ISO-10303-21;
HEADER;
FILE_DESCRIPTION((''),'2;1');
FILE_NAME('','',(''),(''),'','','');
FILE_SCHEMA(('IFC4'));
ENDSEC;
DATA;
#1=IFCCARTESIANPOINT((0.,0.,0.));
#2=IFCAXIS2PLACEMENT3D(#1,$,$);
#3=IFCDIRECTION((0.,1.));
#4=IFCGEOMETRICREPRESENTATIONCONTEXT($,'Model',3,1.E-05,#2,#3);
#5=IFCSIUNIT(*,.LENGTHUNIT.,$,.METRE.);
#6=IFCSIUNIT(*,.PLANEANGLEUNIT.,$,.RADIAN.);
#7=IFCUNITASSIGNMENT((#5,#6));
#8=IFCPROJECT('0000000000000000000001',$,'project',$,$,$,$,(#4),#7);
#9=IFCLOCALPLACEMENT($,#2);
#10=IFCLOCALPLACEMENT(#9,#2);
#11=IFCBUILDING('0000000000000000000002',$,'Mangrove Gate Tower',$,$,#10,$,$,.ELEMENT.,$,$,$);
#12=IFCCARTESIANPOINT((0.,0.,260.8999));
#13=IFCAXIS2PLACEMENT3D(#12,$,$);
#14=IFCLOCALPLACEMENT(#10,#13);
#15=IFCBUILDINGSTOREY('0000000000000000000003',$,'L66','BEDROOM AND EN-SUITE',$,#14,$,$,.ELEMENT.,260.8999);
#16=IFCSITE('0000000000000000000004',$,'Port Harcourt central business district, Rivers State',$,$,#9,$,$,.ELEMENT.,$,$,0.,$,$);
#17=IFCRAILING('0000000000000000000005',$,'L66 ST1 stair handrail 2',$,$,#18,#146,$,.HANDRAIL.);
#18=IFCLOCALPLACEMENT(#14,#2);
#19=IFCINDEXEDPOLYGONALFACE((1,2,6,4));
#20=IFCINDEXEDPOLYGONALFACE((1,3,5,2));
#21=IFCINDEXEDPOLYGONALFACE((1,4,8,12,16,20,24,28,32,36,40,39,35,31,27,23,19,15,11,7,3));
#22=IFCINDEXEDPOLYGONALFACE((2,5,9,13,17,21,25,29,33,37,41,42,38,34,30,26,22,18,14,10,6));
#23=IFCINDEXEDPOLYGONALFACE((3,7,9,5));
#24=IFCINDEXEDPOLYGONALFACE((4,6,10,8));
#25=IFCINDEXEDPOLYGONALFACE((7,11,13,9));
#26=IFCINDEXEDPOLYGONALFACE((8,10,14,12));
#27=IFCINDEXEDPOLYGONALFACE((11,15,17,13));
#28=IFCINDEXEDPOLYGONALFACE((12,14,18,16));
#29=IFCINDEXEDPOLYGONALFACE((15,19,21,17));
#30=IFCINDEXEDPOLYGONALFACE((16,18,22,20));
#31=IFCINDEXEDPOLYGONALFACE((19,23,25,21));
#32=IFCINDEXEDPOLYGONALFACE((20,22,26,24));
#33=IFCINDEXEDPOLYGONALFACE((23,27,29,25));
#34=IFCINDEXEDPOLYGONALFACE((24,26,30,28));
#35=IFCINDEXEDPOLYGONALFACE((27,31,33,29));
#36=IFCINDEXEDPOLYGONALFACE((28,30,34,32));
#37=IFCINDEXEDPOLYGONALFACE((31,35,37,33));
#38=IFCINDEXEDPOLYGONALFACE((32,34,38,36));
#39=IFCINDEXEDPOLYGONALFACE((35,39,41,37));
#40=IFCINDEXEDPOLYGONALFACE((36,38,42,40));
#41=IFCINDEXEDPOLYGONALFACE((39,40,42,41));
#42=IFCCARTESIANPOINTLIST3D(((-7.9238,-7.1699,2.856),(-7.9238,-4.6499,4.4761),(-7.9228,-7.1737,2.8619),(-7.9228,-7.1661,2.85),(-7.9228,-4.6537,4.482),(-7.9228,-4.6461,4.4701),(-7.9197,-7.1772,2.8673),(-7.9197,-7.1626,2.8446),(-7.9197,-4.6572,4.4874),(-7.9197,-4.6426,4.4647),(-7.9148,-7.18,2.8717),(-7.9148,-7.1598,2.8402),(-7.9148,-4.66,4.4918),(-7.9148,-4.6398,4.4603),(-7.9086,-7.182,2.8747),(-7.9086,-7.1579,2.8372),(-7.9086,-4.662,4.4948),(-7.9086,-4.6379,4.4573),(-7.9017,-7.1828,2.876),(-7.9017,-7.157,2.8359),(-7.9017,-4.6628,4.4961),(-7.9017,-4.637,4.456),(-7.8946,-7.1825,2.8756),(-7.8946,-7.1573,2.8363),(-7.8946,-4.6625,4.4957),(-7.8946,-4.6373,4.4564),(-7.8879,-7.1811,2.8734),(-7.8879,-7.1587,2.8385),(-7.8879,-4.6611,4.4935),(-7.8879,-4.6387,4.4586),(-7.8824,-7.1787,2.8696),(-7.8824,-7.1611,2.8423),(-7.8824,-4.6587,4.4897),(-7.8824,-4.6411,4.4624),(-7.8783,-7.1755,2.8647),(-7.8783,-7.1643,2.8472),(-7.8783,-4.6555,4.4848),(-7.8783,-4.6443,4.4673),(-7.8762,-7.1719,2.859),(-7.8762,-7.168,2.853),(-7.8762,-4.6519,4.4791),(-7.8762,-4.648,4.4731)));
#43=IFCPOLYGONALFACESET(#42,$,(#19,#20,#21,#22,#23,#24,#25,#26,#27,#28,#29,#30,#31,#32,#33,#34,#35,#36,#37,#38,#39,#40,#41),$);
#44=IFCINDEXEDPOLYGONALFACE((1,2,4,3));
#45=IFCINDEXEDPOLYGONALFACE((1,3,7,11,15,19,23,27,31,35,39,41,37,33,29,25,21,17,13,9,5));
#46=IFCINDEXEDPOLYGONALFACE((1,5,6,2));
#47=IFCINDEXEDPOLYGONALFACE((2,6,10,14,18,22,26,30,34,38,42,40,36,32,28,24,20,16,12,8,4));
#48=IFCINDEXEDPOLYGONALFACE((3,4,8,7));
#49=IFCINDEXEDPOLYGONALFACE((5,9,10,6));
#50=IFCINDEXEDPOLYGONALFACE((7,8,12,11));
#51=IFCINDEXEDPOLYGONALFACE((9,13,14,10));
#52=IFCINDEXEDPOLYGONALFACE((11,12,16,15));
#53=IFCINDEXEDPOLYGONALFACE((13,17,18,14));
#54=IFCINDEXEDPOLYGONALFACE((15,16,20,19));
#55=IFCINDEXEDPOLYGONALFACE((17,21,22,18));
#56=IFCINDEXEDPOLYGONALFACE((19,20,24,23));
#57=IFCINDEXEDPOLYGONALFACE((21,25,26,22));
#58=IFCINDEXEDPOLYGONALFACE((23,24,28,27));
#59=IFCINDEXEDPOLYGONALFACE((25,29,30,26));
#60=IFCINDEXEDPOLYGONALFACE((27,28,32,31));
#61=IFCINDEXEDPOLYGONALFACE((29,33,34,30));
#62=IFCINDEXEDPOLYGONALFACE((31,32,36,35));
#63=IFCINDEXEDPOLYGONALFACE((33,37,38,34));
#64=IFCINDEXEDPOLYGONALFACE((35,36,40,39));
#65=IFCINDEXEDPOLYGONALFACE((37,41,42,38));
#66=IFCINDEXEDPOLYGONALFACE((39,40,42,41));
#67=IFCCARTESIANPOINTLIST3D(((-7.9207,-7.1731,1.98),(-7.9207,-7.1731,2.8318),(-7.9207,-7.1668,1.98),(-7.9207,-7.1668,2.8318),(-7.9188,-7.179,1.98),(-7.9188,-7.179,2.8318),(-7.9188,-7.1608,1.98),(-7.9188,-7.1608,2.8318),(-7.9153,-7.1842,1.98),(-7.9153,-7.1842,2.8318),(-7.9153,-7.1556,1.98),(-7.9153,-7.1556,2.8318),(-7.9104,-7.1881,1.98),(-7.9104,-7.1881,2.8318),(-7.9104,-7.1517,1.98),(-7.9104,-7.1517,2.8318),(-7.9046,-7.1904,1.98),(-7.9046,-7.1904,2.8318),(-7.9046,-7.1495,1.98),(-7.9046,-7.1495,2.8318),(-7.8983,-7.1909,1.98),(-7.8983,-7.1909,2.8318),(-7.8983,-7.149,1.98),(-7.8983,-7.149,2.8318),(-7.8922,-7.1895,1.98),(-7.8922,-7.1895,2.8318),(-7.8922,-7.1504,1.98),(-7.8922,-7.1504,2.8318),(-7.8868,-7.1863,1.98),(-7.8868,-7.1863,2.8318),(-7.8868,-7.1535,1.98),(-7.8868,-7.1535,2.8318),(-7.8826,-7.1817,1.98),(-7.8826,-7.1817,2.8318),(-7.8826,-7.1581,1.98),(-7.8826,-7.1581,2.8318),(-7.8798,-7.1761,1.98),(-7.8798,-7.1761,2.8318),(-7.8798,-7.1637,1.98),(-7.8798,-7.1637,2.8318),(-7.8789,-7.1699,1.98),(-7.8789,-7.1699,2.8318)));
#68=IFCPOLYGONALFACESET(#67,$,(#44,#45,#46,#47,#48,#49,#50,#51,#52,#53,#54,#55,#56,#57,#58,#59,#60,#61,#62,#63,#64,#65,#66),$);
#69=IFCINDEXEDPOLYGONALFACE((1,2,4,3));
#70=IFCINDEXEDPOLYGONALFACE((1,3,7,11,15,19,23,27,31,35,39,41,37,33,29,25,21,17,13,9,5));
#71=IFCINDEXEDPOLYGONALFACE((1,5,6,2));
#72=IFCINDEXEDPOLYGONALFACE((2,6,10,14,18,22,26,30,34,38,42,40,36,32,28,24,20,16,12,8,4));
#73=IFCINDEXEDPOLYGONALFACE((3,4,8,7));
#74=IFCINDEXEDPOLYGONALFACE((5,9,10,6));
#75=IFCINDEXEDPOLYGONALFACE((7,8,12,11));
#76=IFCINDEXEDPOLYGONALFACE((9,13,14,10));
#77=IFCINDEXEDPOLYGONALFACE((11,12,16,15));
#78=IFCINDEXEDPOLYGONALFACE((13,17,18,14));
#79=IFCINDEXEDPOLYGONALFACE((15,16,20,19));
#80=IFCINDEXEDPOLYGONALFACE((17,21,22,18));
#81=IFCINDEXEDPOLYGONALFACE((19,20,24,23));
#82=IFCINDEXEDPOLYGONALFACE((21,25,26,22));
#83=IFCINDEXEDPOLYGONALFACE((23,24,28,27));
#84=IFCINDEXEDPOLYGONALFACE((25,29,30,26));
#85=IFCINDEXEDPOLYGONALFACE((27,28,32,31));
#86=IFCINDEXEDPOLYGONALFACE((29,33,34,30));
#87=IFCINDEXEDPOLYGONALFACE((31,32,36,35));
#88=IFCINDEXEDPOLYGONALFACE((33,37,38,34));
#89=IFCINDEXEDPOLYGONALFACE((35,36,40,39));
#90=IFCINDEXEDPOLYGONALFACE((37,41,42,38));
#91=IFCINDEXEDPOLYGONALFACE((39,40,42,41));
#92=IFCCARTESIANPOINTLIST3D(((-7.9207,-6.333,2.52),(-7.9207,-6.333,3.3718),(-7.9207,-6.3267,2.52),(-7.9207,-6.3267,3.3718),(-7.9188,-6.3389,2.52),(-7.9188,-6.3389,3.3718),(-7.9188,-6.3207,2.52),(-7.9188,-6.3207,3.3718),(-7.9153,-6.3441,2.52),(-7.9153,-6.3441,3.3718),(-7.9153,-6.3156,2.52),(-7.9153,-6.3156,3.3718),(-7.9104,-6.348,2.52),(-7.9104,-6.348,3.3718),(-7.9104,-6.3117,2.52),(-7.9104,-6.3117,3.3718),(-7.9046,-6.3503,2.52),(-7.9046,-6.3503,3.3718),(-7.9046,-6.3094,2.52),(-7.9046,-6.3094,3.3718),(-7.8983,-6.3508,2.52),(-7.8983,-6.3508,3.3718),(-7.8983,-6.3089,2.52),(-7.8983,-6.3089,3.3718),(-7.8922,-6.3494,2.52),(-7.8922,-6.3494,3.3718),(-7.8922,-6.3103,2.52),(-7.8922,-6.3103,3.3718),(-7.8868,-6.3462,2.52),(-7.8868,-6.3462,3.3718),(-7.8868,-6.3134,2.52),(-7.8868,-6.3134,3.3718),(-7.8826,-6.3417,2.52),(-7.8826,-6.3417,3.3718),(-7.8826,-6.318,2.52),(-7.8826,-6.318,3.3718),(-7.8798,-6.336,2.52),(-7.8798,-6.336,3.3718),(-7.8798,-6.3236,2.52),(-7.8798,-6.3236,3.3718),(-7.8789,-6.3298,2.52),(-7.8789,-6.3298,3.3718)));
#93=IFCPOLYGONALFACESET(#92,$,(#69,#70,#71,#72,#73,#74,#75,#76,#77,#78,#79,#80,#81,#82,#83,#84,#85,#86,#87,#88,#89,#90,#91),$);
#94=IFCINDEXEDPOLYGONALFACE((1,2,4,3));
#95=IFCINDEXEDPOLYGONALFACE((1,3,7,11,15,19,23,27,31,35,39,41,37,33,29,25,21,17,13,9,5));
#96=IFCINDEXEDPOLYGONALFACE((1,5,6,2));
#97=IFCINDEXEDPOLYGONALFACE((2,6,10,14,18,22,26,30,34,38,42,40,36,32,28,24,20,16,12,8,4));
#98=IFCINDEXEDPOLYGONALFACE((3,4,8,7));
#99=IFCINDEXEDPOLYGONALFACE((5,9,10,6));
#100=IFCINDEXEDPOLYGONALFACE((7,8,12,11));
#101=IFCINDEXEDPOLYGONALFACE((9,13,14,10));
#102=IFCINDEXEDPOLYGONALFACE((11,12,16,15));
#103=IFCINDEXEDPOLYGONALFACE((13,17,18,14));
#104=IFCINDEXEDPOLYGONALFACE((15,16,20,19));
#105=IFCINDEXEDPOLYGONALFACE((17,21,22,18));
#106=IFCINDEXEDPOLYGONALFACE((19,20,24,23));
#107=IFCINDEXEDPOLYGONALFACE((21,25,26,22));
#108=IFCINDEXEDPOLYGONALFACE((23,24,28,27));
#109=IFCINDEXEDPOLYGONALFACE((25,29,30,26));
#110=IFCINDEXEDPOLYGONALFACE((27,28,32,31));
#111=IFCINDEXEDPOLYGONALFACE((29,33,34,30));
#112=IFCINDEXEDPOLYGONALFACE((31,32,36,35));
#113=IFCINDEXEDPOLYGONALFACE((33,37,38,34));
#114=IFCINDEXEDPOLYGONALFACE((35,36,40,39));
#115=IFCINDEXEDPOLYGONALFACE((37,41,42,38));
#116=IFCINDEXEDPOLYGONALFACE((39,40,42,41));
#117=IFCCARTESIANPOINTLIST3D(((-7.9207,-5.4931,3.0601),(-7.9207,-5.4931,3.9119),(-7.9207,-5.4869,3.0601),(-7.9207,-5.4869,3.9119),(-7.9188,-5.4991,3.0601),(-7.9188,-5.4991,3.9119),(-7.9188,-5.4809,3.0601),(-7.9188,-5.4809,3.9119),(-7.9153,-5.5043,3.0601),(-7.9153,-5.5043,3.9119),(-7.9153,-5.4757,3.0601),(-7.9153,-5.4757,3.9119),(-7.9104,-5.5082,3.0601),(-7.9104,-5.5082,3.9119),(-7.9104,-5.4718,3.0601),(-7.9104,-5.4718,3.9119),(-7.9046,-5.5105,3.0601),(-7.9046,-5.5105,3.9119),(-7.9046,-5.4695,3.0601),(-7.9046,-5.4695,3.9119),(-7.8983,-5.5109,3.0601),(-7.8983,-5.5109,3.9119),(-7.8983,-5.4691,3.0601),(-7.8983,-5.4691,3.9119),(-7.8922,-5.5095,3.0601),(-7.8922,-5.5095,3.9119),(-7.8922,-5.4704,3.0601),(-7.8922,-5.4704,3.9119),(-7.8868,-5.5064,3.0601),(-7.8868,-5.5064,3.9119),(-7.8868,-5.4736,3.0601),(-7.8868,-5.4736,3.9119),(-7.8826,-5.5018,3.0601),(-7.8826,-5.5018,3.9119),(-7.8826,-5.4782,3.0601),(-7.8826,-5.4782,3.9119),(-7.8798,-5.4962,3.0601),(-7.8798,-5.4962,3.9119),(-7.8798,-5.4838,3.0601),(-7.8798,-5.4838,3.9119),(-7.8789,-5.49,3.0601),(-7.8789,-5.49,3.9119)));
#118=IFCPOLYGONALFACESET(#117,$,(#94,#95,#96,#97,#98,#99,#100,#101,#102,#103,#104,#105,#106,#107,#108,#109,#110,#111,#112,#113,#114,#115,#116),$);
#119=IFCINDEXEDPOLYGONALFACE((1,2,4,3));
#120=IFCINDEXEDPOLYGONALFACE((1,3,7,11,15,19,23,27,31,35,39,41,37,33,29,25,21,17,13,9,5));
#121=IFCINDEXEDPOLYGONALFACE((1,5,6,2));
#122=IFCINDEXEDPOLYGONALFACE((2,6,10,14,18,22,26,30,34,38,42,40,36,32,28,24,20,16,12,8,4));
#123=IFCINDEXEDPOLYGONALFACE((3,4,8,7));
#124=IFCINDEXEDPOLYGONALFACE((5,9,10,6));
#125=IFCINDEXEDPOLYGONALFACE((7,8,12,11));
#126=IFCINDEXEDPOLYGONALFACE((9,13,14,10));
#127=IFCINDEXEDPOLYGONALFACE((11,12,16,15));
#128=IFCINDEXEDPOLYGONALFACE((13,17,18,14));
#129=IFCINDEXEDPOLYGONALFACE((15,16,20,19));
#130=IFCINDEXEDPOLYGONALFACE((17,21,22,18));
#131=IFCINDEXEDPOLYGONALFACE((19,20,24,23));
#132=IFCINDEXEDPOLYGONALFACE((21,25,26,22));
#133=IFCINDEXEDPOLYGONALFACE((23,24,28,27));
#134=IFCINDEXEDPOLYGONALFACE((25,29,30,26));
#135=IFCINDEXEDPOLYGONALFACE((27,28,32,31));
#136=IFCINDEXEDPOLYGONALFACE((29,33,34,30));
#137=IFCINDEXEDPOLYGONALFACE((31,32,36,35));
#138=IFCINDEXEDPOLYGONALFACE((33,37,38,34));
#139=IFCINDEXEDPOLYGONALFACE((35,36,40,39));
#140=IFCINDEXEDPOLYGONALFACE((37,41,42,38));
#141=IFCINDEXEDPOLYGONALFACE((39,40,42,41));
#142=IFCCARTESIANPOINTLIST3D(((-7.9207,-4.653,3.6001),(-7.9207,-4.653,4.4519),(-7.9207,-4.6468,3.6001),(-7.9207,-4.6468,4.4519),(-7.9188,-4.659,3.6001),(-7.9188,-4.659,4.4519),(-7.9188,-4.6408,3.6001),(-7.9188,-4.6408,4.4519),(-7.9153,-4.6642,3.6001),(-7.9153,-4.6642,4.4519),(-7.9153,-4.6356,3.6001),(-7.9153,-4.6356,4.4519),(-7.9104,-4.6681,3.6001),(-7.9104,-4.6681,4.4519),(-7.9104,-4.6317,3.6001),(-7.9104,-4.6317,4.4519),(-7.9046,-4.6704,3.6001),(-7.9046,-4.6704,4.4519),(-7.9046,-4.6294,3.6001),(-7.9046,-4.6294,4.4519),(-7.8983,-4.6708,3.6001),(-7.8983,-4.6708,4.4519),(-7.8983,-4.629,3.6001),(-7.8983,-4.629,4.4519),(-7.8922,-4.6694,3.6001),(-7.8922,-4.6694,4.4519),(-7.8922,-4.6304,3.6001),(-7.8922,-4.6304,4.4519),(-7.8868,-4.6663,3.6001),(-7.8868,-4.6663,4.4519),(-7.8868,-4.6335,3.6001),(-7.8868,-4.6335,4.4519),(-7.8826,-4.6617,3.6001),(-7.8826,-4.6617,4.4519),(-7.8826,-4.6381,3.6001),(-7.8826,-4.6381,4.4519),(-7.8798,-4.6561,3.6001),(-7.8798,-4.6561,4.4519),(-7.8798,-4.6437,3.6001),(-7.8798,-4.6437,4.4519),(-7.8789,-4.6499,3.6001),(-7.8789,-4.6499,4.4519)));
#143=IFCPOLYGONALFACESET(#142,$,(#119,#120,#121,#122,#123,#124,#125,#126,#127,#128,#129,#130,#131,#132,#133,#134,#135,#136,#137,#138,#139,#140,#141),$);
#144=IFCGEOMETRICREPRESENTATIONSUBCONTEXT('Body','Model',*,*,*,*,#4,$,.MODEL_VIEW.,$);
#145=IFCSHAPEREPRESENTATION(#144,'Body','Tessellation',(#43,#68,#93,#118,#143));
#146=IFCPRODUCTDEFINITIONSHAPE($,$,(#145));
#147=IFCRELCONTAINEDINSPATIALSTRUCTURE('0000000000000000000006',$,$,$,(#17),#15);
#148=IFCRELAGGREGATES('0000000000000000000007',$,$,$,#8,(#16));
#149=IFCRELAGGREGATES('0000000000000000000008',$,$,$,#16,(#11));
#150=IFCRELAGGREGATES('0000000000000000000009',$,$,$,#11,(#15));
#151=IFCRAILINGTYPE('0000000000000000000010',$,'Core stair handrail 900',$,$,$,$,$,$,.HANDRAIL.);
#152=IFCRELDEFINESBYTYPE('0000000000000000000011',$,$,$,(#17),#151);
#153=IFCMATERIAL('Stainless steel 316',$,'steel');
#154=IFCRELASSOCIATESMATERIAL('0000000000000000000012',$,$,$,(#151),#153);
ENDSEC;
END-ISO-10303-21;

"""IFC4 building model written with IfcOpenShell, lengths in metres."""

from ifc_helpers import new_model, si_unit, direction, frame, origin, origin_2d, place, context, subcontext, project, spatial, circle, extrude, material, type_object, element, save


model = new_model("IFC4")

# Units and contexts
model_context = context("Model", 3, precision=1e-05, world=origin(), true_north=direction((0.0, 1.0)))
body_context = subcontext(model_context, "Body", "Model", "MODEL_VIEW")
ifc_project = project(units=[si_unit("LENGTHUNIT", "METRE"), si_unit("PLANEANGLEUNIT", "RADIAN")], contexts=[model_context])

# Site, building, storey
site_placement = place(None, origin())
site = spatial("IfcSite", under=ifc_project, at=site_placement, Name="Port Harcourt central business district, Rivers State", CompositionType="ELEMENT", RefElevation=0.0)
building_placement = place(site_placement, origin())
building = spatial("IfcBuilding", under=site, at=building_placement, Name="Mangrove Gate Tower", CompositionType="ELEMENT")
storey_placement = place(building_placement, frame((0.0, 0.0, 260.8999)))
storey = spatial("IfcBuildingStorey", under=building, at=storey_placement, Name="L66", Description="BEDROOM AND EN-SUITE", CompositionType="ELEMENT", Elevation=260.8999)

# Railing
ifc_material_1 = material(Name="Stainless steel 316", Category="steel")
railing_type_1 = type_object("IfcRailingType", Name="Core stair handrail 900", PredefinedType="HANDRAIL", material=ifc_material_1)
railing_1_placement = place(storey_placement, frame((-7.8999, -7.1699, 1.98)))
element("IfcRailing", 1, at=railing_1_placement, inside=storey, type_object=railing_type_1, Name="L66 ST1 stair handrail 2", PredefinedType="HANDRAIL", context=body_context, shape_type="SweptSolid", body=[
    extrude(circle(Radius=0.0239, at=origin_2d()), frame((0.0, 0.0, 0.876), z_axis=(0.0, 0.841163, 0.540782), x_axis=(-1.0, 0.0, 0.0)), (0.0, 0.0, 1.0), 2.9958),
    extrude(circle(Radius=0.021, at=origin_2d()), origin(), (0.0, 0.0, 1.0), 0.8518),
    extrude(circle(Radius=0.021, at=origin_2d()), frame((0.0, 0.8401, 0.54)), (0.0, 0.0, 1.0), 0.8518),
    extrude(circle(Radius=0.021, at=origin_2d()), frame((0.0, 1.6799, 1.0801)), (0.0, 0.0, 1.0), 0.8518),
    extrude(circle(Radius=0.021, at=origin_2d()), frame((0.0, 2.52, 1.6201)), (0.0, 0.0, 1.0), 0.8518),
])

save(model, "model.ifc")
